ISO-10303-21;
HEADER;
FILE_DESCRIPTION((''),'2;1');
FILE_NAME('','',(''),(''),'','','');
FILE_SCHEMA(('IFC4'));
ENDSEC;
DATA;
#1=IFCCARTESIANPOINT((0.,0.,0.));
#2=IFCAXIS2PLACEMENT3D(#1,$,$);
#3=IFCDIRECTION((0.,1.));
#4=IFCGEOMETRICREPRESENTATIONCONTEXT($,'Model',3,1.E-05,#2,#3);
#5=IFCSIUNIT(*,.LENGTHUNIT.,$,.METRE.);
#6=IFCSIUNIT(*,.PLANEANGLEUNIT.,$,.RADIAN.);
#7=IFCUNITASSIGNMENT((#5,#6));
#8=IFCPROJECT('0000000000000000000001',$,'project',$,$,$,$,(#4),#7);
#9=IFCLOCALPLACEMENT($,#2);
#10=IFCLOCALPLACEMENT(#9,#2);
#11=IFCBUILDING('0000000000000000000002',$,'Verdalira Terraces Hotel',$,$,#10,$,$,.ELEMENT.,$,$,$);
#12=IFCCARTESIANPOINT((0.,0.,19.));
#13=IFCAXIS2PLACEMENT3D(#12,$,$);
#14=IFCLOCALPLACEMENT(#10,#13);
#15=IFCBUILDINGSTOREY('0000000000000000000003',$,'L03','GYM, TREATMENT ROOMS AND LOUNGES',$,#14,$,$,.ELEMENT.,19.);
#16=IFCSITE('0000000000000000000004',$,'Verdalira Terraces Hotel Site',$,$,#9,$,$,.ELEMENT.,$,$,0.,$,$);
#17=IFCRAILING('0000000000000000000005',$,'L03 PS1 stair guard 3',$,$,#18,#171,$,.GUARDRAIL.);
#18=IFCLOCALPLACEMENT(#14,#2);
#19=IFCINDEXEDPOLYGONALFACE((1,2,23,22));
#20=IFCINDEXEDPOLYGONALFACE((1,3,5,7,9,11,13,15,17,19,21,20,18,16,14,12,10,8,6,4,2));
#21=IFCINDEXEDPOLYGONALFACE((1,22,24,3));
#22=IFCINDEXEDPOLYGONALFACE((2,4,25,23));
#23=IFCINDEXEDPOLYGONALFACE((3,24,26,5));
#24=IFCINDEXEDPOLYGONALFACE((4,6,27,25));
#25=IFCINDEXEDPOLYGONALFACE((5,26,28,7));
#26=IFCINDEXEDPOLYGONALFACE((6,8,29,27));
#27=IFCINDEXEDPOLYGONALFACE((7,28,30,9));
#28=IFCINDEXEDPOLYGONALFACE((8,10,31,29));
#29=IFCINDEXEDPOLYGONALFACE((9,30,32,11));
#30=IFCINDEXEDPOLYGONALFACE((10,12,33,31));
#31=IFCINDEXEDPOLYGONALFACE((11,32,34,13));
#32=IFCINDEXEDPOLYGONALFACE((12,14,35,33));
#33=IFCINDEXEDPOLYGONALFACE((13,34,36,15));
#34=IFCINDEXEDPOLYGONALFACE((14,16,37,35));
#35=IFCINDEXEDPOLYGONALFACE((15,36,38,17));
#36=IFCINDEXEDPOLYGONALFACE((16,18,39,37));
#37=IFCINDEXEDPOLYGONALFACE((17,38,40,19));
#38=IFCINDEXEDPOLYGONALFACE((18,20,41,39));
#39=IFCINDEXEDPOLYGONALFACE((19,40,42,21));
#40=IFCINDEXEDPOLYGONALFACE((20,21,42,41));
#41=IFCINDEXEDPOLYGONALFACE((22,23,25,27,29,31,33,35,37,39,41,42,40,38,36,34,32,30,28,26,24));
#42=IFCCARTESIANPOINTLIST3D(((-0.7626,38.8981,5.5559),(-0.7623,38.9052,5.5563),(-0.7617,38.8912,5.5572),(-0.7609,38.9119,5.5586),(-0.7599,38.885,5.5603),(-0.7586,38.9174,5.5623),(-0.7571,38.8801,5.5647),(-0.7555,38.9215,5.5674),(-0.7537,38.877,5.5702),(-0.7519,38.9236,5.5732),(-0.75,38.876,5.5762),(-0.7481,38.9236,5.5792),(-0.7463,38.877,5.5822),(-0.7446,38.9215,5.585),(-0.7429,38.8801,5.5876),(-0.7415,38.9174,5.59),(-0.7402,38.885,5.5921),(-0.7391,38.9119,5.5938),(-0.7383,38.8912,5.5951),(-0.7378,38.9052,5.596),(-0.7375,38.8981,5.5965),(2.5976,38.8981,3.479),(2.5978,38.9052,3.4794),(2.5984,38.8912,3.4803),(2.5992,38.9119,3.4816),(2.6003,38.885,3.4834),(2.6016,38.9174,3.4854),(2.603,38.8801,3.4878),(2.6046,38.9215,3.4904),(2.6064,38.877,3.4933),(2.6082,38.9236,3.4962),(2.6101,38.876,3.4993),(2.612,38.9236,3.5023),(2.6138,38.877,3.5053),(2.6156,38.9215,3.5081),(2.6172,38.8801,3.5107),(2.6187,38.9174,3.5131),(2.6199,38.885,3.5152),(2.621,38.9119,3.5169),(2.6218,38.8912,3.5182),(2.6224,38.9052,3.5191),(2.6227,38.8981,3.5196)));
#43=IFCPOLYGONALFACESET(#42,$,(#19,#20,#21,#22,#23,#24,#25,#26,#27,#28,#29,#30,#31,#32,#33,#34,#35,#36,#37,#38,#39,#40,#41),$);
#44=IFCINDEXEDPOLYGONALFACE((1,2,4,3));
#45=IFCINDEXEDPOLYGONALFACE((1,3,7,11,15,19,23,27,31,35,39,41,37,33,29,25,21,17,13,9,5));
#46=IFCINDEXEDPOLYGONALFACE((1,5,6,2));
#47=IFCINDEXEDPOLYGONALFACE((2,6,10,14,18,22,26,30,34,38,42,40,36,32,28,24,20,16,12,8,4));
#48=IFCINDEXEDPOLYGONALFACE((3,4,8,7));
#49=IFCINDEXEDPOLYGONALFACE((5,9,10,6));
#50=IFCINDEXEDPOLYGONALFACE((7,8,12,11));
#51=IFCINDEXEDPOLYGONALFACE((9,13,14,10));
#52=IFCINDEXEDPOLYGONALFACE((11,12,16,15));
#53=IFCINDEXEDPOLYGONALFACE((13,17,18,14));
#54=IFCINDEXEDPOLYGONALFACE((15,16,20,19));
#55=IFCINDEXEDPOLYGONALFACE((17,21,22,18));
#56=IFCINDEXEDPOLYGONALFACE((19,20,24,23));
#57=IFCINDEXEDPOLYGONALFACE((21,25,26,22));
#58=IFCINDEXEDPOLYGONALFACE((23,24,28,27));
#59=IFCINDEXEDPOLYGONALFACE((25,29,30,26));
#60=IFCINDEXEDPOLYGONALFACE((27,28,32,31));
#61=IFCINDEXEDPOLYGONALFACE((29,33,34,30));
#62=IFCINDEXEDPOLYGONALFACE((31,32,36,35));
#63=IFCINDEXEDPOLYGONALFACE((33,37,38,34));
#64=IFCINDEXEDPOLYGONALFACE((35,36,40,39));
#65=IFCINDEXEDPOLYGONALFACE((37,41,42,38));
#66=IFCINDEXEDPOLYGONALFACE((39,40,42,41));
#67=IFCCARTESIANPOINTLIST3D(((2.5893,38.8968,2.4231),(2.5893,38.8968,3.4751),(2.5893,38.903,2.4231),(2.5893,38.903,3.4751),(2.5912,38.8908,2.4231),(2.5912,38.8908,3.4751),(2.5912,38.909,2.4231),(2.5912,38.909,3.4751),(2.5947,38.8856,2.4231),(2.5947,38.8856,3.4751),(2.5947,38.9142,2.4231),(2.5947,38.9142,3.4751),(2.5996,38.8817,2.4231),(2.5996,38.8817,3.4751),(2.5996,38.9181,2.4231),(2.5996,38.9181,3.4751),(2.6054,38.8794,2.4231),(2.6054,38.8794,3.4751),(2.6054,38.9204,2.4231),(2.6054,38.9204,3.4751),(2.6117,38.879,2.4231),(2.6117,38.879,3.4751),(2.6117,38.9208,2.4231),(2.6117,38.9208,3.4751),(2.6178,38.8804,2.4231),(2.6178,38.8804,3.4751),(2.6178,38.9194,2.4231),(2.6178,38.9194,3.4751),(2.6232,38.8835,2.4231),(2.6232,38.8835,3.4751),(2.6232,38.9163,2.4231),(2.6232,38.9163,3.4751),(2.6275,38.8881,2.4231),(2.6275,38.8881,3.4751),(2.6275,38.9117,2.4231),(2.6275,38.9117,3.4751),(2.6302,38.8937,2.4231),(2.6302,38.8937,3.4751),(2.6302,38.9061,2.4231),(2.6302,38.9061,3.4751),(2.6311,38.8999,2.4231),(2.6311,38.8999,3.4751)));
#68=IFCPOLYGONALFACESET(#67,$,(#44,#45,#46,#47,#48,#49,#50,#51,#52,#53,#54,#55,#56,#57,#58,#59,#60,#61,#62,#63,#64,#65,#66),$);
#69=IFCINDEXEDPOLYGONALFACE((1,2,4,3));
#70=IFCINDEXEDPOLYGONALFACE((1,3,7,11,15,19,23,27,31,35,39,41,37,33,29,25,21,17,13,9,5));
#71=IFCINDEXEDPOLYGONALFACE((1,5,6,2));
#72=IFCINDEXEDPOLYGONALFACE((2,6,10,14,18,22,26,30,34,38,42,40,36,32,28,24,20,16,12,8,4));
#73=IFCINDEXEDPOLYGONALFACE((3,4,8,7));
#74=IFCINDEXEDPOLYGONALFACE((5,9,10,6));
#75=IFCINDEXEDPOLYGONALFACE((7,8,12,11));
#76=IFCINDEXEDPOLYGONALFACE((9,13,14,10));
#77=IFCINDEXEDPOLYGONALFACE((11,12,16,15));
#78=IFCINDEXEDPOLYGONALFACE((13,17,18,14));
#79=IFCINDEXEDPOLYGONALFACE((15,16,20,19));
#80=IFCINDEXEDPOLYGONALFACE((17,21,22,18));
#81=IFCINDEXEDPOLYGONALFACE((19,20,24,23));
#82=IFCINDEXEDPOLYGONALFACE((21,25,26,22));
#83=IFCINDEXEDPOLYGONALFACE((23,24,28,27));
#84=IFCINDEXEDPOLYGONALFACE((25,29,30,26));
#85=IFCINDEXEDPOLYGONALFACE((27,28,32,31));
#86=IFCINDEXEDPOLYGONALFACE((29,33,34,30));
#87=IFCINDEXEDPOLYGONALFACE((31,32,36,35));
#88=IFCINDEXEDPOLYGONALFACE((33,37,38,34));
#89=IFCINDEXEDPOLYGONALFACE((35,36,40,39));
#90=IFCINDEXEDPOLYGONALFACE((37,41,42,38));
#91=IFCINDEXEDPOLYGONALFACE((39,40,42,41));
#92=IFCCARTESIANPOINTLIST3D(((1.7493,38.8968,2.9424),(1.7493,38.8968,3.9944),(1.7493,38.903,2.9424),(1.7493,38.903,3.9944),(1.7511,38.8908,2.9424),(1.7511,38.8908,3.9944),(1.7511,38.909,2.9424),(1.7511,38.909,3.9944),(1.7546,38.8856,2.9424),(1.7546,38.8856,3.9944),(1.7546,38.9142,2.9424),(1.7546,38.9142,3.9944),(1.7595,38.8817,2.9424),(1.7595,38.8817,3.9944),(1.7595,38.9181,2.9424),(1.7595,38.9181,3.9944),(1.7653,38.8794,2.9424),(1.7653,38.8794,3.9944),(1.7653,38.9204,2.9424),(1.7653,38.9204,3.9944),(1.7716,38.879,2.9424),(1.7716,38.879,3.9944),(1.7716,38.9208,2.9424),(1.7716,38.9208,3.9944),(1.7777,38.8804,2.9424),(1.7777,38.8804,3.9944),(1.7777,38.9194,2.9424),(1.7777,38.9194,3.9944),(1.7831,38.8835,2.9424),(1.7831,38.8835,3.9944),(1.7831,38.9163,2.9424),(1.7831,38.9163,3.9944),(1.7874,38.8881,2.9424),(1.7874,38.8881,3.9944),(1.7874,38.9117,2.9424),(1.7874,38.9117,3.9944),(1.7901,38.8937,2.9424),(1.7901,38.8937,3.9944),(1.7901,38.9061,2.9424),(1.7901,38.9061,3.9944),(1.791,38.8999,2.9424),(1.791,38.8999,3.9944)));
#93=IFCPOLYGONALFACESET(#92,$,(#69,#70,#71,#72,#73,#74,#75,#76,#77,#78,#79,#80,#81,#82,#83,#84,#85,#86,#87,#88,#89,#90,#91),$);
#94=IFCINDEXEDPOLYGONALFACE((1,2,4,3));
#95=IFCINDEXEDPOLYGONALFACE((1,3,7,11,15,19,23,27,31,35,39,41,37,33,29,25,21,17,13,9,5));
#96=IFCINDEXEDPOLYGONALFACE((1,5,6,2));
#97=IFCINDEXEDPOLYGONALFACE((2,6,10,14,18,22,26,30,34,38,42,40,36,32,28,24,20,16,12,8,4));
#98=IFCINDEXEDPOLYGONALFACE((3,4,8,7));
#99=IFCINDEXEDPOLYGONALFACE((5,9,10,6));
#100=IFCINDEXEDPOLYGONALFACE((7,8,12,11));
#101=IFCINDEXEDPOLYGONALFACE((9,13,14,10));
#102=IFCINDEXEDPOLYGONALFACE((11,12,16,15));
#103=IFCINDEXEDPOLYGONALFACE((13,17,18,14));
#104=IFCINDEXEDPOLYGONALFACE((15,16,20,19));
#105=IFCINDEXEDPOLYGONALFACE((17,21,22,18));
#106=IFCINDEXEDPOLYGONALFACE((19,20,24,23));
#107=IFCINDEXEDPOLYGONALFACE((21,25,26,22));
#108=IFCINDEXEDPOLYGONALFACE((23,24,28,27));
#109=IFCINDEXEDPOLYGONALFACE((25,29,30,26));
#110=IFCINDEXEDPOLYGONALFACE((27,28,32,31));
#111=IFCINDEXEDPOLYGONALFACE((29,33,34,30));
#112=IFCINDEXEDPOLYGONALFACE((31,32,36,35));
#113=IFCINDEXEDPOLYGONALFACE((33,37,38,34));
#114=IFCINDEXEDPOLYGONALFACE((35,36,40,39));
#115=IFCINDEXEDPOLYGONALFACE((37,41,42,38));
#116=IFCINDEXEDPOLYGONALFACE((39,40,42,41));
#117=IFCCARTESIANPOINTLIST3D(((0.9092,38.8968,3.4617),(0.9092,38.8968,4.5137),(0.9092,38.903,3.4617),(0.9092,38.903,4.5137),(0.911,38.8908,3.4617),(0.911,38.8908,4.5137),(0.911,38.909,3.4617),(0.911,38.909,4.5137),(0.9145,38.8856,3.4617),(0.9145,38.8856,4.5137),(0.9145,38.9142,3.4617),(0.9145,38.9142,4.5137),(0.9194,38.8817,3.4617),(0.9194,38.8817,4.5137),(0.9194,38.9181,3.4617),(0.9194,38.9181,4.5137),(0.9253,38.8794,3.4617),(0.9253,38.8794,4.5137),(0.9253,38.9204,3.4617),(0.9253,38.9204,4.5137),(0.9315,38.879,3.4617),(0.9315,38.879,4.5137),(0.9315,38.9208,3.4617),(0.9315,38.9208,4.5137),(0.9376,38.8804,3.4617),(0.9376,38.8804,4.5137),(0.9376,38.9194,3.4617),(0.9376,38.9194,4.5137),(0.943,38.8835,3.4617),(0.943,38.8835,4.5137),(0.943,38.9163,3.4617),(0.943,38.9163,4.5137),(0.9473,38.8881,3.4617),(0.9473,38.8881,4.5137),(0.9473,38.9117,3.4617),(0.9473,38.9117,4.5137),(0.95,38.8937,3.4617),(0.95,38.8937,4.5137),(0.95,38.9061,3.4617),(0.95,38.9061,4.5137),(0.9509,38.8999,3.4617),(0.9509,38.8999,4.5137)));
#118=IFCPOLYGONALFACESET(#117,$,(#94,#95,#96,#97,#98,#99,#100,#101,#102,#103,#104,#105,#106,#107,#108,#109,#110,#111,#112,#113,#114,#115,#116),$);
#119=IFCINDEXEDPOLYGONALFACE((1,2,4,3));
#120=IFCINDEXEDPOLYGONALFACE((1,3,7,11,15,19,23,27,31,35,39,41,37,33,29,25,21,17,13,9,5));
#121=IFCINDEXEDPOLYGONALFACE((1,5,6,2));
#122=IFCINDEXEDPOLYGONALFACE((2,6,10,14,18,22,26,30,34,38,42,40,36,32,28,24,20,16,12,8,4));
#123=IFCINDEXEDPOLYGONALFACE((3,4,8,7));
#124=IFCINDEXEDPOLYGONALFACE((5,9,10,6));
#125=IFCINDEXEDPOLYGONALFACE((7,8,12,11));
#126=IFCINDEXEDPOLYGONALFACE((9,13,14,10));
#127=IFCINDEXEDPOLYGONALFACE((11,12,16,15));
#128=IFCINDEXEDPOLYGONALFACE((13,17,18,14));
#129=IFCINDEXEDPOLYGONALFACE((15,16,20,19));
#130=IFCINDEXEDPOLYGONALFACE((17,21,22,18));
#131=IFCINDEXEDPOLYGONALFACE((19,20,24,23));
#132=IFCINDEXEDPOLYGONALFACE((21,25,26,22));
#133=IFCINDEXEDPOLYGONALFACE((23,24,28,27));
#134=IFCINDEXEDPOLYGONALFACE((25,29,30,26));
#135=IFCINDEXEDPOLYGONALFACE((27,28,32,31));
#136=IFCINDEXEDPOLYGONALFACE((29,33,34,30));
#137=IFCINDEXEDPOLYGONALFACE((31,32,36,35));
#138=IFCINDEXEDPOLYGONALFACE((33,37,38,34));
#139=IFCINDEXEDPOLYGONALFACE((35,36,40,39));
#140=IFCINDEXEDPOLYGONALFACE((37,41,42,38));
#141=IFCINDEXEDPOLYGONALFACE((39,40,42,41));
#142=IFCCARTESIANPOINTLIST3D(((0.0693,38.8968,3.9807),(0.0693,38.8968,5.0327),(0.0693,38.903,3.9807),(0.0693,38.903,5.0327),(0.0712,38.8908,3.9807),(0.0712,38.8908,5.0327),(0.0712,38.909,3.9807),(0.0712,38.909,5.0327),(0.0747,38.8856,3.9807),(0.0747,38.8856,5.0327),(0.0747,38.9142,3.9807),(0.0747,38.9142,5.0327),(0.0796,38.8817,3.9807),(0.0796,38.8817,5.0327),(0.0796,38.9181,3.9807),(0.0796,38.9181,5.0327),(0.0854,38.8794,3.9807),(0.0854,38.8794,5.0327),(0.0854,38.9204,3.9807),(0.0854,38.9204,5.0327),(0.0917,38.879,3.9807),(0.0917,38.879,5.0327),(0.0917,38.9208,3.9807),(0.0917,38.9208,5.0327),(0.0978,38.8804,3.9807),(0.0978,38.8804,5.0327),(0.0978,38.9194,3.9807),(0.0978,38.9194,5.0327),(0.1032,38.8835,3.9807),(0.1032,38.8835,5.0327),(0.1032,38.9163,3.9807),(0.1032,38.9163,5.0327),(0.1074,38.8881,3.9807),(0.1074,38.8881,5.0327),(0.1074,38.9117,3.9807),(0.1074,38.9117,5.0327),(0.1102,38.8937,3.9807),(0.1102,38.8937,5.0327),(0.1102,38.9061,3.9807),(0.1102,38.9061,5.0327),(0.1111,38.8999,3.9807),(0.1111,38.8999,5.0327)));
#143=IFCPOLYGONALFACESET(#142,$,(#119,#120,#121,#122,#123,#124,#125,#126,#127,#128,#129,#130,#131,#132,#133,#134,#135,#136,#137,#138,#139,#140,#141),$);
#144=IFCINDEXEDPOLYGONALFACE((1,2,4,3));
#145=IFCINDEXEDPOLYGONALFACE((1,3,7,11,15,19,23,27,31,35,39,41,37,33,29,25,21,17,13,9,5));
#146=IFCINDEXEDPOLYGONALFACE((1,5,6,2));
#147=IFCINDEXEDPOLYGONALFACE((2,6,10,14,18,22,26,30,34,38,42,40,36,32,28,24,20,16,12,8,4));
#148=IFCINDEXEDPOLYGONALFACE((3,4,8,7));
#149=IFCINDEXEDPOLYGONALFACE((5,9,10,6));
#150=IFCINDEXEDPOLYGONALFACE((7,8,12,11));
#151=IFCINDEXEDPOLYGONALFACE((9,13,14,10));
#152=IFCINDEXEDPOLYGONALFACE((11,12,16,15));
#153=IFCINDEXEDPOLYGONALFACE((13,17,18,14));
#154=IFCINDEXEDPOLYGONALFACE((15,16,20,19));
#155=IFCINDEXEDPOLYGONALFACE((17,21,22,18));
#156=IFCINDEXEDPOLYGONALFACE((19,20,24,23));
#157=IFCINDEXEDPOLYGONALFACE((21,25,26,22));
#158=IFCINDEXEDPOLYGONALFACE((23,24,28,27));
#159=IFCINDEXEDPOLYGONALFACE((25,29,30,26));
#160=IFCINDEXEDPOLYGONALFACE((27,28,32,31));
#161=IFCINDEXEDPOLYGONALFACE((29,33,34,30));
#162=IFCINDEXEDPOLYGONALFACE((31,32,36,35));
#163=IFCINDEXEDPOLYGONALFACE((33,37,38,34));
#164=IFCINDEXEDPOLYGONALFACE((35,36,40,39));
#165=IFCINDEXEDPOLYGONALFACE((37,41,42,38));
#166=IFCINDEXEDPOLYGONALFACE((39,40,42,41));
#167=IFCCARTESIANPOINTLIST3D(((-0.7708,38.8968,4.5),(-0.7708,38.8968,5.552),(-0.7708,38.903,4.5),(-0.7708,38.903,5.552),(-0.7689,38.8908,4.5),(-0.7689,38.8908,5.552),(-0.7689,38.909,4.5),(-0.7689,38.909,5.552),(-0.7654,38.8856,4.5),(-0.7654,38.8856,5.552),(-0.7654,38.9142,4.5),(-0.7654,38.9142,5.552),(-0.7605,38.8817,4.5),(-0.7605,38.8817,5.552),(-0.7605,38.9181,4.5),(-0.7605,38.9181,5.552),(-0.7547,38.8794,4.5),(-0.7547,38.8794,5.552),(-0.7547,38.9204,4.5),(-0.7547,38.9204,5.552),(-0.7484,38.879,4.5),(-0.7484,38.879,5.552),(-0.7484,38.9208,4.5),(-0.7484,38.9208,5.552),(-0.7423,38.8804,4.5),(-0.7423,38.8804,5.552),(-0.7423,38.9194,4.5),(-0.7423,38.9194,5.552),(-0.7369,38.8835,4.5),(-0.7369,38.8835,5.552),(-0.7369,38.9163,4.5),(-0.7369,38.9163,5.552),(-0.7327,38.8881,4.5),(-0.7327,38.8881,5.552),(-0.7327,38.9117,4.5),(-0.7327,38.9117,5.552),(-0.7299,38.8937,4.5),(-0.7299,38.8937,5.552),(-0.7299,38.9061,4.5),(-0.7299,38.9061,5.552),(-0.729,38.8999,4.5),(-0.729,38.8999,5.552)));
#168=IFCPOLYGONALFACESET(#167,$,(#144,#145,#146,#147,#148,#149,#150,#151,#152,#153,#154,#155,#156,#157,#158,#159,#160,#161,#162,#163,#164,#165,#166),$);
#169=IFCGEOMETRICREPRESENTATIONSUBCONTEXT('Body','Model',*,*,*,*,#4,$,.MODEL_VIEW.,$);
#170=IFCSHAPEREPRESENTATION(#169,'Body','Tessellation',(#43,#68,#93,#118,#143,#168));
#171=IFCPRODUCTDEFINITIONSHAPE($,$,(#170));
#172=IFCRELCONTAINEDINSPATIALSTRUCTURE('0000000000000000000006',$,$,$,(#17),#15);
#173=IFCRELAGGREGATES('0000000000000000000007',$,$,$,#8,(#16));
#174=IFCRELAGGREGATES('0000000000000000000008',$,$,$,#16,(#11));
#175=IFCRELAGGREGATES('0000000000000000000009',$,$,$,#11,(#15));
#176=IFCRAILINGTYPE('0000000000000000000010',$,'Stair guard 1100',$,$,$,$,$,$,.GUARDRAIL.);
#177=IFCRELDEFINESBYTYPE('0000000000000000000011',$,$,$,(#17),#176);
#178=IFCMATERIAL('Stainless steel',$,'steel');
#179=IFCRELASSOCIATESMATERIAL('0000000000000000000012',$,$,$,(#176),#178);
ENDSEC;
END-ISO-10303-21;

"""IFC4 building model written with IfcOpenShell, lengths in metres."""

from ifc_helpers import new_model, si_unit, direction, frame, origin, origin_2d, place, context, subcontext, project, spatial, circle, extrude, material, type_object, element, save


model = new_model("IFC4")

# Units and contexts
model_context = context("Model", 3, precision=1e-05, world=origin(), true_north=direction((0.0, 1.0)))
body_context = subcontext(model_context, "Body", "Model", "MODEL_VIEW")
ifc_project = project(units=[si_unit("LENGTHUNIT", "METRE"), si_unit("PLANEANGLEUNIT", "RADIAN")], contexts=[model_context])

# Site, building, storey
site_placement = place(None, origin())
site = spatial("IfcSite", under=ifc_project, at=site_placement, Name="Verdalira Terraces Hotel Site", CompositionType="ELEMENT", RefElevation=0.0)
building_placement = place(site_placement, origin())
building = spatial("IfcBuilding", under=site, at=building_placement, Name="Verdalira Terraces Hotel", CompositionType="ELEMENT")
storey_placement = place(building_placement, frame((0.0, 0.0, 19.0)))
storey = spatial("IfcBuildingStorey", under=building, at=storey_placement, Name="L03", Description="GYM, TREATMENT ROOMS AND LOUNGES", CompositionType="ELEMENT", Elevation=19.0)

# Railing
ifc_material_1 = material(Name="Stainless steel", Category="steel")
railing_type_1 = type_object("IfcRailingType", Name="Stair guard 1100", PredefinedType="GUARDRAIL", material=ifc_material_1)
railing_1_placement = place(storey_placement, frame((2.6101, 38.8999, 2.4231)))
element("IfcRailing", 1, at=railing_1_placement, inside=storey, type_object=railing_type_1, Name="L03 PS1 stair guard 3", PredefinedType="GUARDRAIL", context=body_context, shape_type="SweptSolid", body=[
    extrude(circle(Radius=0.0239, at=origin_2d()), frame((0.0, 0.0, 1.0762), z_axis=(-0.850623, 0.0, 0.525776), x_axis=(0.0, -1.0, 0.0)), (0.0, 0.0, 1.0), 3.9502),
    extrude(circle(Radius=0.021, at=origin_2d()), origin(), (0.0, 0.0, 1.0), 1.052),
    extrude(circle(Radius=0.021, at=origin_2d()), frame((-0.8401, 0.0, 0.5193)), (0.0, 0.0, 1.0), 1.052),
    extrude(circle(Radius=0.021, at=origin_2d()), frame((-1.6802, 0.0, 1.0386)), (0.0, 0.0, 1.0), 1.052),
    extrude(circle(Radius=0.021, at=origin_2d()), frame((-2.52, 0.0, 1.5576)), (0.0, 0.0, 1.0), 1.052),
    extrude(circle(Radius=0.021, at=origin_2d()), frame((-3.3601, 0.0, 2.0769)), (0.0, 0.0, 1.0), 1.052),
])

save(model, "model.ifc")
